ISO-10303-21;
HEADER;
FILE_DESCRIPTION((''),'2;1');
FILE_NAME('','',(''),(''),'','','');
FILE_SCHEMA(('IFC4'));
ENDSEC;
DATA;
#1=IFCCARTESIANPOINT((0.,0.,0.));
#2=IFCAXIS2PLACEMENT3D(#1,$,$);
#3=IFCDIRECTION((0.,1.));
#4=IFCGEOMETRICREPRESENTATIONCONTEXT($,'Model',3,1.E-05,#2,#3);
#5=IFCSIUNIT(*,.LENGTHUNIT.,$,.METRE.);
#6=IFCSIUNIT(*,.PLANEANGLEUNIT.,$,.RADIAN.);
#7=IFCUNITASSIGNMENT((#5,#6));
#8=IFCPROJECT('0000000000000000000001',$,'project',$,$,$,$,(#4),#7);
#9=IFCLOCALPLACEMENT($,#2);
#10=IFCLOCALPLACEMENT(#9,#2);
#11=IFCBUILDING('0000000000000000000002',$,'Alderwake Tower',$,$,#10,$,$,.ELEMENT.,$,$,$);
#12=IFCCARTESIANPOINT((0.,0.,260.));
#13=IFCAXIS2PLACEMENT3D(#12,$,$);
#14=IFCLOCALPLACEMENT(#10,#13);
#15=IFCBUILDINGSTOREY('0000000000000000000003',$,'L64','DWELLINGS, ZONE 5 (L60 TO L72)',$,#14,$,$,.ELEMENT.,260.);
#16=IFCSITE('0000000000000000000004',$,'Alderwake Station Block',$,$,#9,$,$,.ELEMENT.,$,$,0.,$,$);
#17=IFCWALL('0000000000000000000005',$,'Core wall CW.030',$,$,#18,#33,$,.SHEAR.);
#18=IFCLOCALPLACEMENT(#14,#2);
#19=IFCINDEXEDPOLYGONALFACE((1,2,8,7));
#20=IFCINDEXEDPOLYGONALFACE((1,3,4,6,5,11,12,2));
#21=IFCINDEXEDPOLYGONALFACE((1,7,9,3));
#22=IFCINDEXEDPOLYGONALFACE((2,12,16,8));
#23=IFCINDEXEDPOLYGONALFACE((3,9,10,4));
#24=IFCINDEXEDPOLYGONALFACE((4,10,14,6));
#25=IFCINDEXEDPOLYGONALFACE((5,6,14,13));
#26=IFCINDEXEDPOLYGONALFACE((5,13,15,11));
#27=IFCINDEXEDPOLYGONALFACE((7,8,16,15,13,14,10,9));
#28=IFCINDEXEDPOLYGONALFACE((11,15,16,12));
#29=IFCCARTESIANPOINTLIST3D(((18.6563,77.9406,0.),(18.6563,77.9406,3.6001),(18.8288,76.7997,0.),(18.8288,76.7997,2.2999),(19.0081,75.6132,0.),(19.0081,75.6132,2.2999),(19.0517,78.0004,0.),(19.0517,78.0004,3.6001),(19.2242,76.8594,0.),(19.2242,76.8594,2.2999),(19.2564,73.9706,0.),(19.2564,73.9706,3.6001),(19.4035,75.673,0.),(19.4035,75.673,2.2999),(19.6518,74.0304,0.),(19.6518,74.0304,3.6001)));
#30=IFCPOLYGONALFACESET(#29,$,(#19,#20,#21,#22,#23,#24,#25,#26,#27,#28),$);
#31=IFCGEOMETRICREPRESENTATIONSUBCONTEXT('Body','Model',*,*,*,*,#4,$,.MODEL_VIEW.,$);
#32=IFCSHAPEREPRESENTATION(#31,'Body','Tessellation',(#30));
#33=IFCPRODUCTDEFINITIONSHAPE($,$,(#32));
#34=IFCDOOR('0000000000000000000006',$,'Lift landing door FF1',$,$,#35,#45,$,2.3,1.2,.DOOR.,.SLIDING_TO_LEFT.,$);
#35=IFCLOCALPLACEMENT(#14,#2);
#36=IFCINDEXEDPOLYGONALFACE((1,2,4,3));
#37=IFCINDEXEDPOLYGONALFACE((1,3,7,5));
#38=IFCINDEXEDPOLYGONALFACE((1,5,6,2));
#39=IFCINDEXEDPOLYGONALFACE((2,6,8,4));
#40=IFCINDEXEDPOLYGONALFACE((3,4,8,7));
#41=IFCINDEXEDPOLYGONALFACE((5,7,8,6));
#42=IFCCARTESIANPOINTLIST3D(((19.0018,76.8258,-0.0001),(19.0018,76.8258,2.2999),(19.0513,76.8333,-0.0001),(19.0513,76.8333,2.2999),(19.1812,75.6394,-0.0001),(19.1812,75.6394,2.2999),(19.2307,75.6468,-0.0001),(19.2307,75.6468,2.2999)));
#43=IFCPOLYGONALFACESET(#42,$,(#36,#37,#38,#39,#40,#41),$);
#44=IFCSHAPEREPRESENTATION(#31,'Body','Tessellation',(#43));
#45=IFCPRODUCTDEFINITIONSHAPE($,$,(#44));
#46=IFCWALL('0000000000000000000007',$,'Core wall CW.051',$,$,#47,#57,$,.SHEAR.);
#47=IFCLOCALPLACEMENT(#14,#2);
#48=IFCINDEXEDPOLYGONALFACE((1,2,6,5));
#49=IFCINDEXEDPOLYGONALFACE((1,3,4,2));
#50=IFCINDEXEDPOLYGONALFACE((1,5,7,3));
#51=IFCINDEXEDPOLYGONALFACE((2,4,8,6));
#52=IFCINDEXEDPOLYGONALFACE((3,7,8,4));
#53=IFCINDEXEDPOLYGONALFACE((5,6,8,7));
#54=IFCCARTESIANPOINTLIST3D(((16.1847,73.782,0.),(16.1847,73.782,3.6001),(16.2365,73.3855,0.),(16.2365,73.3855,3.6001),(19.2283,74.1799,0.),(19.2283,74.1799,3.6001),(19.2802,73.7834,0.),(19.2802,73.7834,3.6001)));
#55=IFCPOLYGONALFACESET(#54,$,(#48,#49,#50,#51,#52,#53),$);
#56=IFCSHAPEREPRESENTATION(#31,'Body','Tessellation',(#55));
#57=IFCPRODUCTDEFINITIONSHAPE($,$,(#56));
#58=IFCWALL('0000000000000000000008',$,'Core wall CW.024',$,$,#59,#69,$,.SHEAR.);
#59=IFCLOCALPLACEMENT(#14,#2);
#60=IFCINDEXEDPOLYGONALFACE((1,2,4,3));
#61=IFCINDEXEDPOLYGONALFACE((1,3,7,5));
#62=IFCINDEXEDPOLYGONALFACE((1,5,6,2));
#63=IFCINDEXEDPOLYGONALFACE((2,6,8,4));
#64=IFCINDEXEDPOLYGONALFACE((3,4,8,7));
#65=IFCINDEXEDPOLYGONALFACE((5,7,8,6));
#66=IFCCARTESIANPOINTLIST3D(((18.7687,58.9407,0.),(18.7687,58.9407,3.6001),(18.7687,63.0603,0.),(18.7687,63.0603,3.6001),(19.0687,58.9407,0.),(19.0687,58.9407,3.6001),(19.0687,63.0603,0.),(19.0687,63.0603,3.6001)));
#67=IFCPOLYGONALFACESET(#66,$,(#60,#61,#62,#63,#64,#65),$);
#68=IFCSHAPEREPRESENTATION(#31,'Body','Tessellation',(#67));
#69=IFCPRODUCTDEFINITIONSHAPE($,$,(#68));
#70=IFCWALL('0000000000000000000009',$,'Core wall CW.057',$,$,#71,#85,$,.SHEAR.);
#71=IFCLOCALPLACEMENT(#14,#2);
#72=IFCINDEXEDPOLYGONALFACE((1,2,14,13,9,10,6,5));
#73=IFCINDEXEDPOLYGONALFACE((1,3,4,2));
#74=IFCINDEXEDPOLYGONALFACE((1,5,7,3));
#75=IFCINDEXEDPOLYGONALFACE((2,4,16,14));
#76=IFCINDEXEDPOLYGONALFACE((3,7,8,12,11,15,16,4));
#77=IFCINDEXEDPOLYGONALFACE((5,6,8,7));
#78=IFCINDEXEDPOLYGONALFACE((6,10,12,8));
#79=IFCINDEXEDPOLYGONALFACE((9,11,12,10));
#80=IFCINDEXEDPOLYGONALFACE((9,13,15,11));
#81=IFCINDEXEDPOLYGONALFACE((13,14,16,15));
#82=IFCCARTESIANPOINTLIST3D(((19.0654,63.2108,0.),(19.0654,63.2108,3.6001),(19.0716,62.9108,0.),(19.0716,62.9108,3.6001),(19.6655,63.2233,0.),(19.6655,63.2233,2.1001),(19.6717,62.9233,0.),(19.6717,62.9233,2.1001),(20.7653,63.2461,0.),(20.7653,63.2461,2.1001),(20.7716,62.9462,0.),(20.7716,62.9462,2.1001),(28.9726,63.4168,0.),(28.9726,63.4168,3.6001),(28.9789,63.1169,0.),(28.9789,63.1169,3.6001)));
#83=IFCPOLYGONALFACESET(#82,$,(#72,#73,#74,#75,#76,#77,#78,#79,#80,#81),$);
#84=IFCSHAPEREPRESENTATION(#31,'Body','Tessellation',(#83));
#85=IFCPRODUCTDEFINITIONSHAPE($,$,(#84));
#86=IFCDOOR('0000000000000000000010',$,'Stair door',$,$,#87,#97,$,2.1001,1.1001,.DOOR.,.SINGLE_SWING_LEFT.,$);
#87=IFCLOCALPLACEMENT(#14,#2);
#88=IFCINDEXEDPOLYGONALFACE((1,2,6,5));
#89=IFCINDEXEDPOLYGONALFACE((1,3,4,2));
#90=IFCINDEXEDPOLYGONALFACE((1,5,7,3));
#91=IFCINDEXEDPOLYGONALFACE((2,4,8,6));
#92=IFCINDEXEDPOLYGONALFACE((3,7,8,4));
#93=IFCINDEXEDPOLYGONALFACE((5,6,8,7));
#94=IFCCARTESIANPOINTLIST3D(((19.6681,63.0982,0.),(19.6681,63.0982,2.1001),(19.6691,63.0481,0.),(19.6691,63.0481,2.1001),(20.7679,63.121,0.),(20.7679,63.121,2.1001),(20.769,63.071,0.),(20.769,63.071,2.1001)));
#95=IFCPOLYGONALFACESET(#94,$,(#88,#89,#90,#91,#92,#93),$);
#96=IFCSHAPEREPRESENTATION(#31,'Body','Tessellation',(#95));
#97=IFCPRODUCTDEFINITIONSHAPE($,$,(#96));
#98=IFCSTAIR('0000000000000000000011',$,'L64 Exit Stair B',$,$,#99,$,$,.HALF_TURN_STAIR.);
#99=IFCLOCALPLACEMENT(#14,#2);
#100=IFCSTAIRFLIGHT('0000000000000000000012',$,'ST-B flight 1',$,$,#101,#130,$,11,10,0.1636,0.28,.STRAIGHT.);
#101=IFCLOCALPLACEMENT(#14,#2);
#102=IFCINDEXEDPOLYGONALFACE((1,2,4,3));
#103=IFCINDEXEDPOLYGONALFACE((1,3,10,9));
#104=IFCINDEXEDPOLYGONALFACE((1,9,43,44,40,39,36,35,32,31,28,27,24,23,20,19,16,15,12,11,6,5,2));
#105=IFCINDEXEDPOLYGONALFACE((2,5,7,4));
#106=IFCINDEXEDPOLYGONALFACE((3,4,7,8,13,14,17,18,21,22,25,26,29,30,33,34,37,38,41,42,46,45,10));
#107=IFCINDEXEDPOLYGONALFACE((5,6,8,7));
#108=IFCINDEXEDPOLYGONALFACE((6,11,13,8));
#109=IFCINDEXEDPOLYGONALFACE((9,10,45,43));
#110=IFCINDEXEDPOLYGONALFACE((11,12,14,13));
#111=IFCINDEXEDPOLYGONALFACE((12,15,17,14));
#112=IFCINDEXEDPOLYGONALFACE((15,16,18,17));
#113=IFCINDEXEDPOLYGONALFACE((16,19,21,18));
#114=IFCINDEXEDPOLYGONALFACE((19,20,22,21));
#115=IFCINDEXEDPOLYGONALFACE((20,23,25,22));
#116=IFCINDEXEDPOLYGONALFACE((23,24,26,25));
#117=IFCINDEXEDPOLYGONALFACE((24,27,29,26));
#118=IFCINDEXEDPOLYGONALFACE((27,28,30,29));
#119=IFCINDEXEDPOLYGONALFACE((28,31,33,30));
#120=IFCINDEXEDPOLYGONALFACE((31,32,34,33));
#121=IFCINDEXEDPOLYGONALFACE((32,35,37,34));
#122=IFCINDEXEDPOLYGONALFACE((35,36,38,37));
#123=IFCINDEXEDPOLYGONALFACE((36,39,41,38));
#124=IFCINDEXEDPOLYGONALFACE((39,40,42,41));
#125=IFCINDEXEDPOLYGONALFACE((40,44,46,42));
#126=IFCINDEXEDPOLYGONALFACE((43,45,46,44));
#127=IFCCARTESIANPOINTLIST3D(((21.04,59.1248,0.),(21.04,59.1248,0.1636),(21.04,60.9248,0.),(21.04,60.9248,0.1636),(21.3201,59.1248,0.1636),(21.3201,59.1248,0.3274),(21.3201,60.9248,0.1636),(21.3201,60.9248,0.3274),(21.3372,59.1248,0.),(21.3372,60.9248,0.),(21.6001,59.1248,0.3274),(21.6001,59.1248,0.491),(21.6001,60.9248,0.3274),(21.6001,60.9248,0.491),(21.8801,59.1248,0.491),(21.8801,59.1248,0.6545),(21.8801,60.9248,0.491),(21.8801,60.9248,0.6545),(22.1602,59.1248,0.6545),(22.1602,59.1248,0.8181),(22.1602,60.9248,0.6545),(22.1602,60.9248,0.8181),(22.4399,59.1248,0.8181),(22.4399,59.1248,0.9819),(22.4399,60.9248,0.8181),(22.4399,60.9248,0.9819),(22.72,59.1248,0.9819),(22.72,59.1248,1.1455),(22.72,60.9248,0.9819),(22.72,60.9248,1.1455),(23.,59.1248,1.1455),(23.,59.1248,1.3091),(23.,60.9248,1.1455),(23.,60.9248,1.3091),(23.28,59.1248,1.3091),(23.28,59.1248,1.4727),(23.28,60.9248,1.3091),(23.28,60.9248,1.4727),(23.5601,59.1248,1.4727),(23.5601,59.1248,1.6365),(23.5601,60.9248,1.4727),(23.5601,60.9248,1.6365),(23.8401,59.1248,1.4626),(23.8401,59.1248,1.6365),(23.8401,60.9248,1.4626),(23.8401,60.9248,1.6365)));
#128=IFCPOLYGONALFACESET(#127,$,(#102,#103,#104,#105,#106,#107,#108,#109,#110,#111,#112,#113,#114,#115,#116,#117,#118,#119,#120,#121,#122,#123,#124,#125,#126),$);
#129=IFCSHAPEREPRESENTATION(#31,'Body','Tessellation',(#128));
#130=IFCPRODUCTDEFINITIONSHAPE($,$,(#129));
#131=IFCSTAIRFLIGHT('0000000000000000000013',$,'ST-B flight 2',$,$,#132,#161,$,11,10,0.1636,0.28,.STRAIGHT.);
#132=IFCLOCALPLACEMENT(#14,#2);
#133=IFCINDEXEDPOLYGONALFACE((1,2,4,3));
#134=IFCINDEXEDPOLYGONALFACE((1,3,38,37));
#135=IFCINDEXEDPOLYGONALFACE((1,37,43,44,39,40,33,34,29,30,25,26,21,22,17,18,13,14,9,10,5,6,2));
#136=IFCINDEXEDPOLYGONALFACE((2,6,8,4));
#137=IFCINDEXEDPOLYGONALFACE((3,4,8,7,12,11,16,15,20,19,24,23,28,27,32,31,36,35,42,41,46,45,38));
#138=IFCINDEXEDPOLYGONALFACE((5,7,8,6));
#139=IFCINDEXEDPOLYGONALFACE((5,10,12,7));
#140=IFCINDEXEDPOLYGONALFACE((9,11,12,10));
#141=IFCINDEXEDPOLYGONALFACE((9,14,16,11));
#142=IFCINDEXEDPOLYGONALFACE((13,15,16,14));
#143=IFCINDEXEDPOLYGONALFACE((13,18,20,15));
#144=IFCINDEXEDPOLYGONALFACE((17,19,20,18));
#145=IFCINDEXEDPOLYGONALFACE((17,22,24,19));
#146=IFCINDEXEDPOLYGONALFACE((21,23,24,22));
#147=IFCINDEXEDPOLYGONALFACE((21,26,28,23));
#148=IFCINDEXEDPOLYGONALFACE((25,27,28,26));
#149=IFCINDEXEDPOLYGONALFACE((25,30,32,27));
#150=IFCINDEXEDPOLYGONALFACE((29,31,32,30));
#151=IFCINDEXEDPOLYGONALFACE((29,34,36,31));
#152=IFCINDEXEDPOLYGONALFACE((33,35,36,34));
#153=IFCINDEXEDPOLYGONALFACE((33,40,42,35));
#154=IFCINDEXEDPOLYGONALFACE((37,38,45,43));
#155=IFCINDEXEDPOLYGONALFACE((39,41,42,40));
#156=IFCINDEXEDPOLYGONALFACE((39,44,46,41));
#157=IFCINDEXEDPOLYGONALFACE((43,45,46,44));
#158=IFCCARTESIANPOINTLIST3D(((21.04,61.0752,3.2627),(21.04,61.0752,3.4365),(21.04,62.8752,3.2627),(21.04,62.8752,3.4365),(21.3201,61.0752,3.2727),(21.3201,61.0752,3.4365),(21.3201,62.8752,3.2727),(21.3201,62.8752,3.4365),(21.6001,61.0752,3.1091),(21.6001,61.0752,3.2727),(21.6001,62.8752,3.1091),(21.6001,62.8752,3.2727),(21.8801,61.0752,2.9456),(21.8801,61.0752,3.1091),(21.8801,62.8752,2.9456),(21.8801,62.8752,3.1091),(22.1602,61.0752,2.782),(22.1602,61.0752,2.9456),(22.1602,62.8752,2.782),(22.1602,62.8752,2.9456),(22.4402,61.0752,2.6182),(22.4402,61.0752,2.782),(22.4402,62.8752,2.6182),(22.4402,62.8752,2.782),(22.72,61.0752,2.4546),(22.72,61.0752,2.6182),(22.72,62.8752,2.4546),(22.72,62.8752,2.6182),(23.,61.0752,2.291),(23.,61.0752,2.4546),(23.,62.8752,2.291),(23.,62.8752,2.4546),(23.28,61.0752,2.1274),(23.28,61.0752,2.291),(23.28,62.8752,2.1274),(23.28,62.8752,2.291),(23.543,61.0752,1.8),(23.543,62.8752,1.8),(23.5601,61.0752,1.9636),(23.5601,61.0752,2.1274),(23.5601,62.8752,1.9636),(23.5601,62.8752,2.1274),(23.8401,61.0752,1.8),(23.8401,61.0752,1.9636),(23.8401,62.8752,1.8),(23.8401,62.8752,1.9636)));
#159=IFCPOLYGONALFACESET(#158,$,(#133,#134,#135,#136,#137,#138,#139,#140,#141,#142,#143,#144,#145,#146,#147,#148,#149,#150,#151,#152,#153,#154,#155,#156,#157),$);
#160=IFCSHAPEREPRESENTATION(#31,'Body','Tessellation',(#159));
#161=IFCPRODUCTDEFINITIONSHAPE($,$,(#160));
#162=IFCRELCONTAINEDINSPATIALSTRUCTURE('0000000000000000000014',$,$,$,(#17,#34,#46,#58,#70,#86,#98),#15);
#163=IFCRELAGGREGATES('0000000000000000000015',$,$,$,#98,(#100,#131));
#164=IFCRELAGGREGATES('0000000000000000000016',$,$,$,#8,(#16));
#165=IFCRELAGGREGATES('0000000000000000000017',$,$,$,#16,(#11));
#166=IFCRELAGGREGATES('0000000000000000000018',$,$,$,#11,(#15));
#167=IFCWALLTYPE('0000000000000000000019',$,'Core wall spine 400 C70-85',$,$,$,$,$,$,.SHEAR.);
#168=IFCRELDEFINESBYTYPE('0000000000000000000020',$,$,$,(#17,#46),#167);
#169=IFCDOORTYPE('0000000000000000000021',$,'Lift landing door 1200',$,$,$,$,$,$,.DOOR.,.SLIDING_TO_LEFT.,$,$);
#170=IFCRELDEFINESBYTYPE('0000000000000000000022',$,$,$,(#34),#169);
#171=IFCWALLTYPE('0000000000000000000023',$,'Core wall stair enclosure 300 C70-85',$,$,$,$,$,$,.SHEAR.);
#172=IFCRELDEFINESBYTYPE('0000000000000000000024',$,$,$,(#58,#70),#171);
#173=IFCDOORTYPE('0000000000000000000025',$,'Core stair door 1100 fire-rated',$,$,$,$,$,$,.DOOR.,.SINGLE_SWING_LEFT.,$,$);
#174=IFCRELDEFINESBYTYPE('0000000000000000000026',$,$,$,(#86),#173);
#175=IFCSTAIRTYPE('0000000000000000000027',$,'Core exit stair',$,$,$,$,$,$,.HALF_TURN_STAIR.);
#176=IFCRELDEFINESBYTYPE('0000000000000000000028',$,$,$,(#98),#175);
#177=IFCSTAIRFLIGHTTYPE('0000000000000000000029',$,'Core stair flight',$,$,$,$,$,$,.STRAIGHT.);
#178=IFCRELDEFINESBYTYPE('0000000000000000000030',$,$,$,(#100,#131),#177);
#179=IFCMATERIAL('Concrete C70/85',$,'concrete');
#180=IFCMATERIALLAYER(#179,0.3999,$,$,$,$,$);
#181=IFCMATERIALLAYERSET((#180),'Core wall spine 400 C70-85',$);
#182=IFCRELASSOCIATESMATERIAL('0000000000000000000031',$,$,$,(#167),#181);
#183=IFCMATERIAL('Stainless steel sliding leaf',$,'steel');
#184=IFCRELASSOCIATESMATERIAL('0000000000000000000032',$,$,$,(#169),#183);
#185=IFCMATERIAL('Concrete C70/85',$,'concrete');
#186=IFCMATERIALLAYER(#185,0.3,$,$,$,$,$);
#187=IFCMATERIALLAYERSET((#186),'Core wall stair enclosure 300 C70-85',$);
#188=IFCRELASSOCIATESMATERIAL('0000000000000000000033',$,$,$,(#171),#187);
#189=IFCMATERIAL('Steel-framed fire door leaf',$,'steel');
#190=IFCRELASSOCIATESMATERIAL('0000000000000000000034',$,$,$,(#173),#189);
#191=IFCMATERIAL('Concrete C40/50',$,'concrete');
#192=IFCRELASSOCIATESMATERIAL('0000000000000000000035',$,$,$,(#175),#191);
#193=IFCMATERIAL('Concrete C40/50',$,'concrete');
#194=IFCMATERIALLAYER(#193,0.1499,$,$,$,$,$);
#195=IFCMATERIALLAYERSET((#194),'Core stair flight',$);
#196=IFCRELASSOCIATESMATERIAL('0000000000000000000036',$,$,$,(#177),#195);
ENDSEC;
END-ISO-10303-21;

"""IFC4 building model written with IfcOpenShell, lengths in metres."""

from ifc_helpers import new_model, si_unit, direction, frame, frame_2d, origin, place, context, subcontext, project, spatial, polyline, rectangle, outline, extrude, material, layer, layer_set, type_object, element, fill, aggregate, save


model = new_model("IFC4")

# Units and contexts
model_context = context("Model", 3, precision=1e-05, world=origin(), true_north=direction((0.0, 1.0)))
body_context = subcontext(model_context, "Body", "Model", "MODEL_VIEW")
ifc_project = project(units=[si_unit("LENGTHUNIT", "METRE"), si_unit("PLANEANGLEUNIT", "RADIAN")], contexts=[model_context])

# Site, building, storey
site_placement = place(None, origin())
site = spatial("IfcSite", under=ifc_project, at=site_placement, Name="Alderwake Station Block", CompositionType="ELEMENT", RefElevation=0.0)
building_placement = place(site_placement, origin())
building = spatial("IfcBuilding", under=site, at=building_placement, Name="Alderwake Tower", CompositionType="ELEMENT")
storey_placement = place(building_placement, frame((0.0, 0.0, 260.0)))
storey = spatial("IfcBuildingStorey", under=building, at=storey_placement, Name="L64", Description="DWELLINGS, ZONE 5 (L60 TO L72)", CompositionType="ELEMENT", Elevation=260.0)

# Shared definitions
ifc_material_1 = material(Name="Concrete C70/85", Category="concrete")
ifc_layer_1 = layer(ifc_material_1, 0.3999)
ifc_layer_set_1 = layer_set([ifc_layer_1], Name="Core wall spine 400 C70-85")
wall_type_1 = type_object("IfcWallType", Name="Core wall spine 400 C70-85", PredefinedType="SHEAR", material=ifc_layer_set_1)

# Wall, opening, door
wall_1_placement = place(storey_placement, frame((19.4541, 74.0005, 0.0), z_axis=(0.0, 0.0, 1.0), x_axis=(-0.149461, 0.988768, 0.0)))
wall_1 = element("IfcWall", 1, at=wall_1_placement, inside=storey, type_object=wall_type_1, Name="Core wall CW.030", PredefinedType="SHEAR", context=body_context, shape_type="SweptSolid", body=[
    extrude(rectangle(XDim=4.0151, YDim=0.3999, at=frame_2d((2.0076, 0.0))), origin(), (0.0, 0.0, 1.0), 3.6001),
])
opening_1_placement = place(wall_1_placement, frame((1.6611, 0.0, 0.0)))
opening_1 = element("IfcOpeningElement", 2, at=opening_1_placement, cuts=wall_1, PredefinedType="OPENING", context=body_context, shape_type="SweptSolid", body=[
    extrude(rectangle(XDim=1.2, YDim=2.3, at=frame_2d((0.6001, 1.1499))), frame((0.0, 0.21, 0.0), z_axis=(0.0, -1.0, 0.0), x_axis=(1.0, 0.0, 0.0)), (0.0, 0.0, 1.0), 0.4199),
])
ifc_material_2 = material(Name="Stainless steel sliding leaf", Category="steel")
door_type_1 = type_object("IfcDoorType", Name="Lift landing door 1200", OperationType="SLIDING_TO_LEFT", PredefinedType="DOOR", material=ifc_material_2)
door_1_placement = place(opening_1_placement, origin())
door_1 = element("IfcDoor", 3, at=door_1_placement, inside=storey, type_object=door_type_1, Name="Lift landing door FF1", OperationType="SLIDING_TO_LEFT", OverallHeight=2.3, OverallWidth=1.2, PredefinedType="DOOR", context=body_context, shape_type="SweptSolid", body=[
    extrude(rectangle(XDim=1.2, YDim=2.3, at=frame_2d((0.6001, 1.1499))), frame((0.0, 0.0249, 0.0), z_axis=(0.0, -1.0, 0.0), x_axis=(1.0, 0.0, 0.0)), (0.0, 0.0, 1.0), 0.05),
])
fill(opening_1, door_1)

# Walls
wall_2_placement = place(storey_placement, frame((16.2107, 73.5837, 0.0), z_axis=(0.0, 0.0, 1.0), x_axis=(0.991561, 0.129642, 0.0)))
element("IfcWall", 4, at=wall_2_placement, inside=storey, type_object=wall_type_1, Name="Core wall CW.051", PredefinedType="SHEAR", context=body_context, shape_type="SweptSolid", body=[
    extrude(rectangle(XDim=3.0696, YDim=0.3999, at=frame_2d((1.5347, 0.0))), origin(), (0.0, 0.0, 1.0), 3.6001),
])
ifc_material_3 = material(Name="Concrete C70/85", Category="concrete")
ifc_layer_2 = layer(ifc_material_3, 0.3)
ifc_layer_set_2 = layer_set([ifc_layer_2], Name="Core wall stair enclosure 300 C70-85")
wall_type_2 = type_object("IfcWallType", Name="Core wall stair enclosure 300 C70-85", PredefinedType="SHEAR", material=ifc_layer_set_2)
wall_3_placement = place(storey_placement, frame((18.9187, 58.9407, 0.0), z_axis=(0.0, 0.0, 1.0), x_axis=(0.0, 1.0, 0.0)))
element("IfcWall", 5, at=wall_3_placement, inside=storey, type_object=wall_type_2, Name="Core wall CW.024", PredefinedType="SHEAR", context=body_context, shape_type="SweptSolid", body=[
    extrude(rectangle(XDim=4.1196, YDim=0.3, at=frame_2d((2.0598, 0.0))), origin(), (0.0, 0.0, 1.0), 3.6001),
])

# Wall, opening, door
wall_4_placement = place(storey_placement, frame((19.0686, 63.0608, 0.0), z_axis=(0.0, 0.0, 1.0), x_axis=(0.999784, 0.020794, 0.0)))
wall_4 = element("IfcWall", 6, at=wall_4_placement, inside=storey, type_object=wall_type_2, Name="Core wall CW.057", PredefinedType="SHEAR", context=body_context, shape_type="SweptSolid", body=[
    extrude(rectangle(XDim=9.9094, YDim=0.3, at=frame_2d((4.9546, 0.0))), origin(), (0.0, 0.0, 1.0), 3.6001),
])
opening_2_placement = place(wall_4_placement, frame((0.6001, 0.0, 0.0)))
opening_2 = element("IfcOpeningElement", 7, at=opening_2_placement, cuts=wall_4, PredefinedType="OPENING", context=body_context, shape_type="SweptSolid", body=[
    extrude(rectangle(XDim=1.1001, YDim=2.1001, at=frame_2d((0.55, 1.05))), frame((0.0, 0.1599, 0.0), z_axis=(0.0, -1.0, 0.0), x_axis=(1.0, 0.0, 0.0)), (0.0, 0.0, 1.0), 0.3201),
])
ifc_material_4 = material(Name="Steel-framed fire door leaf", Category="steel")
door_type_2 = type_object("IfcDoorType", Name="Core stair door 1100 fire-rated", OperationType="SINGLE_SWING_LEFT", PredefinedType="DOOR", material=ifc_material_4)
door_2_placement = place(opening_2_placement, origin())
door_2 = element("IfcDoor", 8, at=door_2_placement, inside=storey, type_object=door_type_2, Name="Stair door", OperationType="SINGLE_SWING_LEFT", OverallHeight=2.1001, OverallWidth=1.1001, PredefinedType="DOOR", context=body_context, shape_type="SweptSolid", body=[
    extrude(rectangle(XDim=1.1001, YDim=2.1001, at=frame_2d((0.55, 1.05))), frame((0.0, 0.0249, 0.0), z_axis=(0.0, -1.0, 0.0), x_axis=(1.0, 0.0, 0.0)), (0.0, 0.0, 1.0), 0.05),
])
fill(opening_2, door_2)

# Stair, stair flights
ifc_material_5 = material(Name="Concrete C40/50", Category="concrete")
stair_type = type_object("IfcStairType", Name="Core exit stair", PredefinedType="HALF_TURN_STAIR", material=ifc_material_5)
stair_placement = place(storey_placement, origin())
stair = element("IfcStair", 9, at=stair_placement, inside=storey, type_object=stair_type, Name="L64 Exit Stair B", PredefinedType="HALF_TURN_STAIR")
ifc_material_6 = material(Name="Concrete C40/50", Category="concrete")
ifc_layer_3 = layer(ifc_material_6, 0.1499)
ifc_layer_set_3 = layer_set([ifc_layer_3], Name="Core stair flight")
stair_flight_type = type_object("IfcStairFlightType", Name="Core stair flight", PredefinedType="STRAIGHT", material=ifc_layer_set_3)
stair_flight_1_placement = place(storey_placement, frame((21.04, 60.0249, 0.0), z_axis=(0.0, 0.0, 1.0), x_axis=(1.0, 0.0, 0.0)))
stair_flight_1 = element("IfcStairFlight", 10, at=stair_flight_1_placement, type_object=stair_flight_type, Name="ST-B flight 1", NumberOfRisers=11, NumberOfTreads=10, PredefinedType="STRAIGHT", RiserHeight=0.1636, TreadLength=0.28, context=body_context, shape_type="SweptSolid", body=[
    extrude(outline(polyline([(0.0, 0.0), (0.0, 0.1636), (0.28, 0.1636), (0.28, 0.3274), (0.5601, 0.3274), (0.5601, 0.491), (0.8401, 0.491), (0.8401, 0.6545), (1.1201, 0.6545), (1.1201, 0.8181), (1.3999, 0.8181), (1.3999, 0.9819), (1.6799, 0.9819), (1.6799, 1.1455), (1.96, 1.1455), (1.96, 1.3091), (2.24, 1.3091), (2.24, 1.4727), (2.52, 1.4727), (2.52, 1.6365), (2.8, 1.6365), (2.8, 1.8), (2.8, 1.4626), (0.2971, 0.0), (0.0, 0.0)])), frame((0.0, 0.8999, 0.0), z_axis=(0.0, -1.0, 0.0), x_axis=(1.0, 0.0, 0.0)), (0.0, 0.0, 1.0), 1.8),
])
stair_flight_2_placement = place(storey_placement, frame((23.8401, 61.9751, 1.8), z_axis=(0.0, 0.0, 1.0), x_axis=(-1.0, 0.0, 0.0)))
stair_flight_2 = element("IfcStairFlight", 11, at=stair_flight_2_placement, type_object=stair_flight_type, Name="ST-B flight 2", NumberOfRisers=11, NumberOfTreads=10, PredefinedType="STRAIGHT", RiserHeight=0.1636, TreadLength=0.28, context=body_context, shape_type="SweptSolid", body=[
    extrude(outline(polyline([(0.0, 0.0), (0.0, 0.1636), (0.28, 0.1636), (0.28, 0.3274), (0.5601, 0.3274), (0.5601, 0.491), (0.8401, 0.491), (0.8401, 0.6545), (1.1201, 0.6545), (1.1201, 0.8181), (1.3999, 0.8181), (1.3999, 0.9819), (1.6799, 0.9819), (1.6799, 1.1455), (1.96, 1.1455), (1.96, 1.3091), (2.24, 1.3091), (2.24, 1.4727), (2.52, 1.4727), (2.52, 1.6365), (2.8, 1.6365), (2.8, 1.8), (2.8, 1.4626), (0.2971, 0.0), (0.0, 0.0)])), frame((0.0, 0.8999, 0.0), z_axis=(0.0, -1.0, 0.0), x_axis=(1.0, 0.0, 0.0)), (0.0, 0.0, 1.0), 1.8),
])
aggregate(stair, [stair_flight_1, stair_flight_2])

save(model, "model.ifc")
